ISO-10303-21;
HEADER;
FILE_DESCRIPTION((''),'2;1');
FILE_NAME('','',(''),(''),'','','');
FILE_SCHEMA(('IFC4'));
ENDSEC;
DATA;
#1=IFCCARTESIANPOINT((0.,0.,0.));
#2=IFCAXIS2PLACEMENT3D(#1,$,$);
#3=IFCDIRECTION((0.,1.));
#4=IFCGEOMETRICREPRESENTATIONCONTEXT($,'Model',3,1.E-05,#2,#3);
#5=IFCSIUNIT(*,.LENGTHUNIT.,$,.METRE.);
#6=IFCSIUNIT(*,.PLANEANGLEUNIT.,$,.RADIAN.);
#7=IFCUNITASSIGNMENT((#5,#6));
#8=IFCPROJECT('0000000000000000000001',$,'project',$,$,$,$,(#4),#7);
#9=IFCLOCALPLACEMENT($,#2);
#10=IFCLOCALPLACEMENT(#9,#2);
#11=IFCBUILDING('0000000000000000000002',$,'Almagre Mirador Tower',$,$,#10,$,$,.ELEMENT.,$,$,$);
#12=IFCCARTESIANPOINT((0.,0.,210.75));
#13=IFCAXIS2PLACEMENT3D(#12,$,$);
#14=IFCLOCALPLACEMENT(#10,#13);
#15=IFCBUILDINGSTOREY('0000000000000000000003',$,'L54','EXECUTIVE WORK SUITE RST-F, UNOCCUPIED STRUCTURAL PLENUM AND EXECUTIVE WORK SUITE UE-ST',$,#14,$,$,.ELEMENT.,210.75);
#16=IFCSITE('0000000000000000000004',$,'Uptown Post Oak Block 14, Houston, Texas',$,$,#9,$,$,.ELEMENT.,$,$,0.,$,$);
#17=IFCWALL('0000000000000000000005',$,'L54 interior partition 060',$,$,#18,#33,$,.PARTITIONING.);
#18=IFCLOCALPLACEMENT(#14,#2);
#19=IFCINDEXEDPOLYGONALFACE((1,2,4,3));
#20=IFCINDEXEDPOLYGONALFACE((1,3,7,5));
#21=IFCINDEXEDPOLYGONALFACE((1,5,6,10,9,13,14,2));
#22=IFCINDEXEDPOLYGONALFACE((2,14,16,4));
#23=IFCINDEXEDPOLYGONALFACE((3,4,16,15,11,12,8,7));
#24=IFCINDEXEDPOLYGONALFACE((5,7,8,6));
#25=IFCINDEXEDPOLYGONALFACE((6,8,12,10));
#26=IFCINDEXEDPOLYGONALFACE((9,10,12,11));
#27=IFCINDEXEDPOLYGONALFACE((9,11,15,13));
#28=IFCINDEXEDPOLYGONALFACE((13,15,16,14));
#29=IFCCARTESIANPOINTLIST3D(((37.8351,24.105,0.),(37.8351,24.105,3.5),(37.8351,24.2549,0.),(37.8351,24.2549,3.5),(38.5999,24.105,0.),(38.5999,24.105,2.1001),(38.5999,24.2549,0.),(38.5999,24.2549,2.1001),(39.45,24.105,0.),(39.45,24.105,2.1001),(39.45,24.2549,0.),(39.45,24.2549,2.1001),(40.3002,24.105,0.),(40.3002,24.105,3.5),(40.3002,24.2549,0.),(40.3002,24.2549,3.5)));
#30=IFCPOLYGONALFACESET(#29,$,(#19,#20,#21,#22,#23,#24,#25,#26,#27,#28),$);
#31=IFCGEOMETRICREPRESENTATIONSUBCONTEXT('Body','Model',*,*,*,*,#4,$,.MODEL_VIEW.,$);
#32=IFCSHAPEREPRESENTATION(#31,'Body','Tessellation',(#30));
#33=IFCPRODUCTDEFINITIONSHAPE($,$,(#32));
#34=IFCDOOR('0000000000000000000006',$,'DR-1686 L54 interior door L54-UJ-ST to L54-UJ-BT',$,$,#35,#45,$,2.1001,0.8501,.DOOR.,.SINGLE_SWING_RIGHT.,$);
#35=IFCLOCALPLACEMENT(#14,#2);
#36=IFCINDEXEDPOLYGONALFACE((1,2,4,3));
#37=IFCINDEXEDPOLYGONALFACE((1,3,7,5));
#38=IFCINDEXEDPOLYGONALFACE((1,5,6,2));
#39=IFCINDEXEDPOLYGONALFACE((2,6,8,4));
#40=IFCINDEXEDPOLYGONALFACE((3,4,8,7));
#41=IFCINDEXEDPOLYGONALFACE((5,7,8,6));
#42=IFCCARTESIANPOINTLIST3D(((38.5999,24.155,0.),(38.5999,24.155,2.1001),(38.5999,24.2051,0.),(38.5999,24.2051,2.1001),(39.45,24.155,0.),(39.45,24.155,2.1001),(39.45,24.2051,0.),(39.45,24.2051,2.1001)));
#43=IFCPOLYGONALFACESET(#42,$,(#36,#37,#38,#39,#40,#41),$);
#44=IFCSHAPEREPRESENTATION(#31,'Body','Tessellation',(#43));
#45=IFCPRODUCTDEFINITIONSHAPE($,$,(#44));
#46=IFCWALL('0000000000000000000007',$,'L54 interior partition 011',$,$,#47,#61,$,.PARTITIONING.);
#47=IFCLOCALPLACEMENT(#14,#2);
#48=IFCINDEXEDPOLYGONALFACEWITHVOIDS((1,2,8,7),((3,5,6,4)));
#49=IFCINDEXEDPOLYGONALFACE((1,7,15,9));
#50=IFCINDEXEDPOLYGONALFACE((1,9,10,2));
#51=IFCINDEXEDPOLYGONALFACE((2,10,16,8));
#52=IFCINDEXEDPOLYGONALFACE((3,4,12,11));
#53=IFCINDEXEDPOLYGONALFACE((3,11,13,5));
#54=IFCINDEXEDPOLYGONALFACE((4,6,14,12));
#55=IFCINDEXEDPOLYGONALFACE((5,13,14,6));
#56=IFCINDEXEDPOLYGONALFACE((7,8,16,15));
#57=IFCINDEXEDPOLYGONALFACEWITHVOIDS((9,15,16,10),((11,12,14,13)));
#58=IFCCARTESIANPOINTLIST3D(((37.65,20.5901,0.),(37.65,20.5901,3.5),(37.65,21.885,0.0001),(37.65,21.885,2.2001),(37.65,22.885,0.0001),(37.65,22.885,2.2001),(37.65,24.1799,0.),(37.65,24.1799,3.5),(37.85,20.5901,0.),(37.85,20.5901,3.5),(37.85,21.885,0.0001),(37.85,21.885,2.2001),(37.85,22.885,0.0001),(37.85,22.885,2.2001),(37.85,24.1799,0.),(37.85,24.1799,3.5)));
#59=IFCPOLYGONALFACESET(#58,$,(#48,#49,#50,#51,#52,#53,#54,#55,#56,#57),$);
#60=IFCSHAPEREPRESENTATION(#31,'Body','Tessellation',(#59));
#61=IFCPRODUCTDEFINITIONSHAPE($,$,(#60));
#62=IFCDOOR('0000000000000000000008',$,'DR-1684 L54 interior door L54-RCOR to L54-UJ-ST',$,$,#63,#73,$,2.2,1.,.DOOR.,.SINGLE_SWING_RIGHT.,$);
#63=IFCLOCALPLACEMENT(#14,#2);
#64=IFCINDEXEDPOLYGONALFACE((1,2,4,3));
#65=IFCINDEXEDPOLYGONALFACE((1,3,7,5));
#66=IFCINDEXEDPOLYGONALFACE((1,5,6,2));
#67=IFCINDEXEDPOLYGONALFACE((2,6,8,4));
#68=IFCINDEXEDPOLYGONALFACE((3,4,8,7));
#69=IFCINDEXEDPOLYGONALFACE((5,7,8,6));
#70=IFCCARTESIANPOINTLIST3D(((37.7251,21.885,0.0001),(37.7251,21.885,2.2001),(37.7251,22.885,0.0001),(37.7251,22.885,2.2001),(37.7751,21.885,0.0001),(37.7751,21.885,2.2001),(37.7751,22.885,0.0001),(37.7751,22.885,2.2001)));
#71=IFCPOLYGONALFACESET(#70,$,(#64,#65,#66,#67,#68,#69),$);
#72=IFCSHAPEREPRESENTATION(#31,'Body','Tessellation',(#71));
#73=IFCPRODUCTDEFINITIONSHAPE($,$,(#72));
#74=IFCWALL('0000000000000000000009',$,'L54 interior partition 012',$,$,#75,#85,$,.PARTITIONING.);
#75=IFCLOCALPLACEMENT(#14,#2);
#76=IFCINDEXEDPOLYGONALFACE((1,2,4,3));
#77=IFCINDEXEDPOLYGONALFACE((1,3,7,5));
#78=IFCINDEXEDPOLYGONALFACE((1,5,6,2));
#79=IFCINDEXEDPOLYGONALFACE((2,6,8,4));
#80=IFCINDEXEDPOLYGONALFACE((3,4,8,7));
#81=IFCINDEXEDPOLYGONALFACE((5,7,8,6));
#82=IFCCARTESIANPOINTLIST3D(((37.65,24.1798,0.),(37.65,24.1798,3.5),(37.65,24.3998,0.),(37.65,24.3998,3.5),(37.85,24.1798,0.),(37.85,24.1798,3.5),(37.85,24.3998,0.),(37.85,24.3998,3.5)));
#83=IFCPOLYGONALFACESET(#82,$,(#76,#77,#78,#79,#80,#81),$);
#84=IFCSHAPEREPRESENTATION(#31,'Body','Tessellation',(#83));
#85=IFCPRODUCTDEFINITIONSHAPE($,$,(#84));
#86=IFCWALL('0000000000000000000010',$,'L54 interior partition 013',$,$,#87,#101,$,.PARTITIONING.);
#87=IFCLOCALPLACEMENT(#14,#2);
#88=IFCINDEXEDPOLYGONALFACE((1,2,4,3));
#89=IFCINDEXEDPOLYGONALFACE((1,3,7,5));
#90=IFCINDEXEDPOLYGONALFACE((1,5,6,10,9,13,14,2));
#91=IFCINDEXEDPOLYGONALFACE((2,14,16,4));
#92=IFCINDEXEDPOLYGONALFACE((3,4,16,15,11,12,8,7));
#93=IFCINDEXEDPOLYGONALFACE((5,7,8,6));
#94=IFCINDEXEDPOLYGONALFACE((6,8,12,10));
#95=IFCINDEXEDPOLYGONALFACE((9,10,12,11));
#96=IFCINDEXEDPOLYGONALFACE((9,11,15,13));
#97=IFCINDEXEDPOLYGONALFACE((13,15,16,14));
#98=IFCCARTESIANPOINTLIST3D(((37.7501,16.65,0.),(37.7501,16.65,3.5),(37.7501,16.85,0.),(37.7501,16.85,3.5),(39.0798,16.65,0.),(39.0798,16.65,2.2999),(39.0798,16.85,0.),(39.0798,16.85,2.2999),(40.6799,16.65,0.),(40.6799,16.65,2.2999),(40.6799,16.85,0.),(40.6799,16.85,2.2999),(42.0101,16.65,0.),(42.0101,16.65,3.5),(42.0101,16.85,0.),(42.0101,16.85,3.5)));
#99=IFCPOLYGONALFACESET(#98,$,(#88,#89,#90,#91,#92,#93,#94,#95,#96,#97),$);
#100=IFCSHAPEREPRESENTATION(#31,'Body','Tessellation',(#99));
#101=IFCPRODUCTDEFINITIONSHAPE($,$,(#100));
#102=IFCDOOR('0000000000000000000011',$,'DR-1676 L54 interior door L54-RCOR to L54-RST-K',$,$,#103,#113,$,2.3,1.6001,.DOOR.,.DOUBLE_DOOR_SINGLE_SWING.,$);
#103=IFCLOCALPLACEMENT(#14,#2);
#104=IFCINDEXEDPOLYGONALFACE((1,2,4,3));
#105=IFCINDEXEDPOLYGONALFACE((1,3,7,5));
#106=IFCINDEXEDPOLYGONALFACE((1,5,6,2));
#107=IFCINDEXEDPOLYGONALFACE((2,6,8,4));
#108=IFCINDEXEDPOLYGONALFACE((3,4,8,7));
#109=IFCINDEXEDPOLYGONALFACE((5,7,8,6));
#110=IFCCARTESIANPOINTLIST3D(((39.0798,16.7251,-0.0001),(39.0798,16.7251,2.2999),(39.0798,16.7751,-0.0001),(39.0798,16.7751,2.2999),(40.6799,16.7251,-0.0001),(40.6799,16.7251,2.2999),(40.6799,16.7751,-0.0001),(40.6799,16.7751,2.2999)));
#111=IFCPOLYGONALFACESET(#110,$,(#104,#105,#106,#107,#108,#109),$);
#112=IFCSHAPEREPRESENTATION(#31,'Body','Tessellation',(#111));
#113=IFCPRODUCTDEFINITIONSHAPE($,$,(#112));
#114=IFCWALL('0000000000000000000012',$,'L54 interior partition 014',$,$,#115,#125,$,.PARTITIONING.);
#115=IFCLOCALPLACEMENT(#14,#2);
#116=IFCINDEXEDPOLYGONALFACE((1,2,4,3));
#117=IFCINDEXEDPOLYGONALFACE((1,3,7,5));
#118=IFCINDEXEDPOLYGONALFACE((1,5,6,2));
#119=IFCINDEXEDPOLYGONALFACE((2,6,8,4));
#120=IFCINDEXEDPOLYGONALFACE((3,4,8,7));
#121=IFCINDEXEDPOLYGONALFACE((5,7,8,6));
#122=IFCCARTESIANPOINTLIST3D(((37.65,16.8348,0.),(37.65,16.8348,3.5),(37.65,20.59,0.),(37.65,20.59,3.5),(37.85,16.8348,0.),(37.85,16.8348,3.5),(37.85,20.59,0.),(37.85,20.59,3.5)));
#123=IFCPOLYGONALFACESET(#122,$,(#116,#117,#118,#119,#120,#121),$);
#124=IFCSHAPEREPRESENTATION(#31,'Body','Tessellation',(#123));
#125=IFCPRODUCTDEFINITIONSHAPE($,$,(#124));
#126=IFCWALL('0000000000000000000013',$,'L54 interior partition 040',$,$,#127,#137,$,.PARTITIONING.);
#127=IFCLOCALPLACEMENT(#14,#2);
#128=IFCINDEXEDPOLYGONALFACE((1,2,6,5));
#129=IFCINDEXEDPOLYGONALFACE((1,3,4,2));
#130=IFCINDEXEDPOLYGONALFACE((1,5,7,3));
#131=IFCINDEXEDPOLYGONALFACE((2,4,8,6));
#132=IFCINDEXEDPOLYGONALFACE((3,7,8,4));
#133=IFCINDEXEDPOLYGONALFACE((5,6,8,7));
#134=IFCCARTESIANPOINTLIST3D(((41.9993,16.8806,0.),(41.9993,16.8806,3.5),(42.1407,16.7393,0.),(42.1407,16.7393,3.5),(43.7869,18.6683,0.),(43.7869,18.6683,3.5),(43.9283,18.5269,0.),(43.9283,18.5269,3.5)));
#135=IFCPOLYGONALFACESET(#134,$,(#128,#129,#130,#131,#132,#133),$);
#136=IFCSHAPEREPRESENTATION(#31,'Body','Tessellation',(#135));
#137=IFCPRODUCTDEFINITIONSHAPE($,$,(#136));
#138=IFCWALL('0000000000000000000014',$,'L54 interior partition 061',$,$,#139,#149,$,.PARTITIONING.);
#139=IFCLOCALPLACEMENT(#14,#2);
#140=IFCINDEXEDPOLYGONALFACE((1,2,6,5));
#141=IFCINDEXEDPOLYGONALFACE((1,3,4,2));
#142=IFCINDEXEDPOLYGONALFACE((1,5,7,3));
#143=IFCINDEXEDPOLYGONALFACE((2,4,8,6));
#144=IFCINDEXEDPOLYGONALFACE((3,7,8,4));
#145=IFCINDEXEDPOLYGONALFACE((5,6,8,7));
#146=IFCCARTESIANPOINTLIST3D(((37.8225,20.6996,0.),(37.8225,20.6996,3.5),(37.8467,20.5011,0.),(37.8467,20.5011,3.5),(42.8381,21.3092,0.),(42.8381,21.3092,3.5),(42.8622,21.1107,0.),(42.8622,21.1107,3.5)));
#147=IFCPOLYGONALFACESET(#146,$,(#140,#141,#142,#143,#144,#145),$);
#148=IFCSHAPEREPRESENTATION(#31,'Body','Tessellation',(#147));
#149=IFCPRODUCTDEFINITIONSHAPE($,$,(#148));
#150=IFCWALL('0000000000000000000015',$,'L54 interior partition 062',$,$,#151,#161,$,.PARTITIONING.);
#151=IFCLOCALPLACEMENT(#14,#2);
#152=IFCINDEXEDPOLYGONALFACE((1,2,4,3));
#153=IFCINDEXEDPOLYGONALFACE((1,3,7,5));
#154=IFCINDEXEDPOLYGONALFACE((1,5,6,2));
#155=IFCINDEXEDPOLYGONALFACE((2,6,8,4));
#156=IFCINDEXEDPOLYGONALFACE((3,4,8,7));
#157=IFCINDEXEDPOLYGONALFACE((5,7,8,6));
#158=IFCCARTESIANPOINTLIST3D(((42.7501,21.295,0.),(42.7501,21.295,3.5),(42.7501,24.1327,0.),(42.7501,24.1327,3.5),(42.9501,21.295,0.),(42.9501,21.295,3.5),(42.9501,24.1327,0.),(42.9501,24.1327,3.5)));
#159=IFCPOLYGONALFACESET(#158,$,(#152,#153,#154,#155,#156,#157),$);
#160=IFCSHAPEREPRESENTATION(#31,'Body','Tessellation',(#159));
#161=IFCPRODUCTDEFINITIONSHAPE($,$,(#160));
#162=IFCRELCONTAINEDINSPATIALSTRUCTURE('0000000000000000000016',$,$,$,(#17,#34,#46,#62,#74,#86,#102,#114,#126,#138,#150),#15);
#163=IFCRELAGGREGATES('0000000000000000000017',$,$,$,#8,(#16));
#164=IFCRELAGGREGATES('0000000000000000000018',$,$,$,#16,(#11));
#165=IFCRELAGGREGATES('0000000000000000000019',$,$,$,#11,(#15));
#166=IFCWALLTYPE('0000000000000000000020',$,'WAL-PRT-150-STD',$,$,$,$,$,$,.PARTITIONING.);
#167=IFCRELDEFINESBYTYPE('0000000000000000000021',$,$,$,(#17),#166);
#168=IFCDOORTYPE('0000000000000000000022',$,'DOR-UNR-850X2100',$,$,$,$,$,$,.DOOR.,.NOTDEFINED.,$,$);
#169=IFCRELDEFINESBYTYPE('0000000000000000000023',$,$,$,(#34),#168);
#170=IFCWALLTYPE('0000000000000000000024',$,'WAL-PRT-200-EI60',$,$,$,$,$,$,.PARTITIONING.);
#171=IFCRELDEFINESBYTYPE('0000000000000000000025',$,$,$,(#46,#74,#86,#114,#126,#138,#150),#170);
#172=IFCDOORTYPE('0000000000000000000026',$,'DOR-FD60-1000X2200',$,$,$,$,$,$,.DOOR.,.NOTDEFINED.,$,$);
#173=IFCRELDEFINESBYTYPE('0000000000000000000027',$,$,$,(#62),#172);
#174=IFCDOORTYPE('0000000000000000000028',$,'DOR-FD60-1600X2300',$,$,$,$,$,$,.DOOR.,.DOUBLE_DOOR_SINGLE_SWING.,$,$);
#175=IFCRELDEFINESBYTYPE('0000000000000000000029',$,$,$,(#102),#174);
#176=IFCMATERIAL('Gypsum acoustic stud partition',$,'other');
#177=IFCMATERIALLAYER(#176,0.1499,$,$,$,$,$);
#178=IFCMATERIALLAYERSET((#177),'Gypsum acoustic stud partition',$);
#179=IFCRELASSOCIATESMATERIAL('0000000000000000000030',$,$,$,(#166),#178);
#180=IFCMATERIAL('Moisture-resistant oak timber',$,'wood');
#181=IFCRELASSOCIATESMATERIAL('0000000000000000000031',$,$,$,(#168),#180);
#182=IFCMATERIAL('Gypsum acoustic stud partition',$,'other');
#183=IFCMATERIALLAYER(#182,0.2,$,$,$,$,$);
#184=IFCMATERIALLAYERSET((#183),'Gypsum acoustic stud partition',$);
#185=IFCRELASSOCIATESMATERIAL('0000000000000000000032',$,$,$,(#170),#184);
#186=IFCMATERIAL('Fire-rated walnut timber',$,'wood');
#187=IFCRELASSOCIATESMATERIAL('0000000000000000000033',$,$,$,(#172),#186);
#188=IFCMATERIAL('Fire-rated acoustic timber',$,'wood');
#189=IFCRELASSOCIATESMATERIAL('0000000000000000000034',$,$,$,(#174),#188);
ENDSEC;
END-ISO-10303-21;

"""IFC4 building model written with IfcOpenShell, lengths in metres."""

from ifc_helpers import new_model, si_unit, direction, frame, frame_2d, origin, place, context, subcontext, project, spatial, rectangle, extrude, material, layer, layer_set, type_object, element, fill, save


model = new_model("IFC4")

# Units and contexts
model_context = context("Model", 3, precision=1e-05, world=origin(), true_north=direction((0.0, 1.0)))
body_context = subcontext(model_context, "Body", "Model", "MODEL_VIEW")
ifc_project = project(units=[si_unit("LENGTHUNIT", "METRE"), si_unit("PLANEANGLEUNIT", "RADIAN")], contexts=[model_context])

# Site, building, storey
site_placement = place(None, origin())
site = spatial("IfcSite", under=ifc_project, at=site_placement, Name="Uptown Post Oak Block 14, Houston, Texas", CompositionType="ELEMENT", RefElevation=0.0)
building_placement = place(site_placement, origin())
building = spatial("IfcBuilding", under=site, at=building_placement, Name="Almagre Mirador Tower", CompositionType="ELEMENT")
storey_placement = place(building_placement, frame((0.0, 0.0, 210.75)))
storey = spatial("IfcBuildingStorey", under=building, at=storey_placement, Name="L54", Description="EXECUTIVE WORK SUITE RST-F, UNOCCUPIED STRUCTURAL PLENUM AND EXECUTIVE WORK SUITE UE-ST", CompositionType="ELEMENT", Elevation=210.75)

# Walls, openings, doors
ifc_material_1 = material(Name="Gypsum acoustic stud partition", Category="other")
ifc_layer_1 = layer(ifc_material_1, 0.1499)
ifc_layer_set_1 = layer_set([ifc_layer_1], Name="Gypsum acoustic stud partition")
wall_type_1 = type_object("IfcWallType", Name="WAL-PRT-150-STD", PredefinedType="PARTITIONING", material=ifc_layer_set_1)
wall_1_placement = place(storey_placement, frame((40.3, 24.1799, 0.0), z_axis=(0.0, 0.0, 1.0), x_axis=(-1.0, 0.0, 0.0)))
wall_1 = element("IfcWall", 1, at=wall_1_placement, inside=storey, type_object=wall_type_1, Name="L54 interior partition 060", PredefinedType="PARTITIONING", context=body_context, shape_type="SweptSolid", body=[
    extrude(rectangle(XDim=2.4651, YDim=0.1499, at=frame_2d((1.2324, 0.0))), origin(), (0.0, 0.0, 1.0), 3.5),
])
opening_1_placement = place(wall_1_placement, frame((0.8501, 0.0, 0.0)))
opening_1 = element("IfcOpeningElement", 2, at=opening_1_placement, cuts=wall_1, PredefinedType="OPENING", context=body_context, shape_type="SweptSolid", body=[
    extrude(rectangle(XDim=0.8501, YDim=2.1001, at=frame_2d((0.425, 1.05))), frame((0.0, 0.085, 0.0), z_axis=(0.0, -1.0, 0.0), x_axis=(1.0, 0.0, 0.0)), (0.0, 0.0, 1.0), 0.1699),
])
ifc_material_2 = material(Name="Moisture-resistant oak timber", Category="wood")
door_type_1 = type_object("IfcDoorType", Name="DOR-UNR-850X2100", OperationType="NOTDEFINED", PredefinedType="DOOR", material=ifc_material_2)
door_1_placement = place(opening_1_placement, origin())
door_1 = element("IfcDoor", 3, at=door_1_placement, inside=storey, type_object=door_type_1, Name="DR-1686 L54 interior door L54-UJ-ST to L54-UJ-BT", OperationType="SINGLE_SWING_RIGHT", OverallHeight=2.1001, OverallWidth=0.8501, PredefinedType="DOOR", context=body_context, shape_type="SweptSolid", body=[
    extrude(rectangle(XDim=0.8501, YDim=2.1001, at=frame_2d((0.425, 1.05))), frame((0.0, 0.0249, 0.0), z_axis=(0.0, -1.0, 0.0), x_axis=(1.0, 0.0, 0.0)), (0.0, 0.0, 1.0), 0.05),
])
fill(opening_1, door_1)
ifc_material_3 = material(Name="Gypsum acoustic stud partition", Category="other")
ifc_layer_2 = layer(ifc_material_3, 0.2)
ifc_layer_set_2 = layer_set([ifc_layer_2], Name="Gypsum acoustic stud partition")
wall_type_2 = type_object("IfcWallType", Name="WAL-PRT-200-EI60", PredefinedType="PARTITIONING", material=ifc_layer_set_2)
wall_2_placement = place(storey_placement, frame((37.75, 20.5901, 0.0), z_axis=(0.0, 0.0, 1.0), x_axis=(0.0, 1.0, 0.0)))
wall_2 = element("IfcWall", 4, at=wall_2_placement, inside=storey, type_object=wall_type_2, Name="L54 interior partition 011", PredefinedType="PARTITIONING", context=body_context, shape_type="SweptSolid", body=[
    extrude(rectangle(XDim=3.5898, YDim=0.2, at=frame_2d((1.7949, 0.0))), origin(), (0.0, 0.0, 1.0), 3.5),
])
opening_2_placement = place(wall_2_placement, frame((1.2949, 0.0, 0.0)))
opening_2 = element("IfcOpeningElement", 5, at=opening_2_placement, cuts=wall_2, PredefinedType="OPENING", context=body_context, shape_type="SweptSolid", body=[
    extrude(rectangle(XDim=1.0, YDim=2.2, at=frame_2d((0.5, 1.1001))), frame((0.0, 0.1101, 0.0), z_axis=(0.0, -1.0, 0.0), x_axis=(1.0, 0.0, 0.0)), (0.0, 0.0, 1.0), 0.22),
])
ifc_material_4 = material(Name="Fire-rated walnut timber", Category="wood")
door_type_2 = type_object("IfcDoorType", Name="DOR-FD60-1000X2200", OperationType="NOTDEFINED", PredefinedType="DOOR", material=ifc_material_4)
door_2_placement = place(opening_2_placement, origin())
door_2 = element("IfcDoor", 6, at=door_2_placement, inside=storey, type_object=door_type_2, Name="DR-1684 L54 interior door L54-RCOR to L54-UJ-ST", OperationType="SINGLE_SWING_RIGHT", OverallHeight=2.2, OverallWidth=1.0, PredefinedType="DOOR", context=body_context, shape_type="SweptSolid", body=[
    extrude(rectangle(XDim=1.0, YDim=2.2, at=frame_2d((0.5, 1.1001))), frame((0.0, 0.0249, 0.0), z_axis=(0.0, -1.0, 0.0), x_axis=(1.0, 0.0, 0.0)), (0.0, 0.0, 1.0), 0.05),
])
fill(opening_2, door_2)

# Wall
wall_3_placement = place(storey_placement, frame((37.75, 24.1799, 0.0), z_axis=(0.0, 0.0, 1.0), x_axis=(0.0, 1.0, 0.0)))
element("IfcWall", 7, at=wall_3_placement, inside=storey, type_object=wall_type_2, Name="L54 interior partition 012", PredefinedType="PARTITIONING", context=body_context, shape_type="SweptSolid", body=[
    extrude(rectangle(XDim=0.22, YDim=0.2, at=frame_2d((0.1099, 0.0))), origin(), (0.0, 0.0, 1.0), 3.5),
])

# Wall, opening, door
wall_4_placement = place(storey_placement, frame((42.01, 16.75, 0.0), z_axis=(0.0, 0.0, 1.0), x_axis=(-1.0, 0.0, 0.0)))
wall_4 = element("IfcWall", 8, at=wall_4_placement, inside=storey, type_object=wall_type_2, Name="L54 interior partition 013", PredefinedType="PARTITIONING", context=body_context, shape_type="SweptSolid", body=[
    extrude(rectangle(XDim=4.26, YDim=0.2, at=frame_2d((2.1299, 0.0))), origin(), (0.0, 0.0, 1.0), 3.5),
])
opening_3_placement = place(wall_4_placement, frame((1.3301, 0.0, 0.0)))
opening_3 = element("IfcOpeningElement", 9, at=opening_3_placement, cuts=wall_4, PredefinedType="OPENING", context=body_context, shape_type="SweptSolid", body=[
    extrude(rectangle(XDim=1.6001, YDim=2.3, at=frame_2d((0.8, 1.1499))), frame((0.0, 0.1101, 0.0), z_axis=(0.0, -1.0, 0.0), x_axis=(1.0, 0.0, 0.0)), (0.0, 0.0, 1.0), 0.22),
])
ifc_material_5 = material(Name="Fire-rated acoustic timber", Category="wood")
door_type_3 = type_object("IfcDoorType", Name="DOR-FD60-1600X2300", OperationType="DOUBLE_DOOR_SINGLE_SWING", PredefinedType="DOOR", material=ifc_material_5)
door_3_placement = place(opening_3_placement, origin())
door_3 = element("IfcDoor", 10, at=door_3_placement, inside=storey, type_object=door_type_3, Name="DR-1676 L54 interior door L54-RCOR to L54-RST-K", OperationType="DOUBLE_DOOR_SINGLE_SWING", OverallHeight=2.3, OverallWidth=1.6001, PredefinedType="DOOR", context=body_context, shape_type="SweptSolid", body=[
    extrude(rectangle(XDim=1.6001, YDim=2.3, at=frame_2d((0.8, 1.1499))), frame((0.0, 0.0249, 0.0), z_axis=(0.0, -1.0, 0.0), x_axis=(1.0, 0.0, 0.0)), (0.0, 0.0, 1.0), 0.05),
])
fill(opening_3, door_3)

# Walls
wall_5_placement = place(storey_placement, frame((37.75, 16.835, 0.0), z_axis=(0.0, 0.0, 1.0), x_axis=(0.0, 1.0, 0.0)))
element("IfcWall", 11, at=wall_5_placement, inside=storey, type_object=wall_type_2, Name="L54 interior partition 014", PredefinedType="PARTITIONING", context=body_context, shape_type="SweptSolid", body=[
    extrude(rectangle(XDim=3.7551, YDim=0.2, at=frame_2d((1.8774, 0.0))), origin(), (0.0, 0.0, 1.0), 3.5),
])
wall_6_placement = place(storey_placement, frame((43.8577, 18.5977, 0.0), z_axis=(0.0, 0.0, 1.0), x_axis=(-0.707107, -0.707107, 0.0)))
element("IfcWall", 12, at=wall_6_placement, inside=storey, type_object=wall_type_2, Name="L54 interior partition 040", PredefinedType="PARTITIONING", context=body_context, shape_type="SweptSolid", body=[
    extrude(rectangle(XDim=2.5281, YDim=0.2, at=frame_2d((1.2642, 0.0))), origin(), (0.0, 0.0, 1.0), 3.5),
])
wall_7_placement = place(storey_placement, frame((37.8345, 20.6003, 0.0), z_axis=(0.0, 0.0, 1.0), x_axis=(0.992694, 0.120656, 0.0)))
element("IfcWall", 13, at=wall_7_placement, inside=storey, type_object=wall_type_2, Name="L54 interior partition 061", PredefinedType="PARTITIONING", context=body_context, shape_type="SweptSolid", body=[
    extrude(rectangle(XDim=5.0525, YDim=0.2, at=frame_2d((2.5264, 0.0))), origin(), (0.0, 0.0, 1.0), 3.5),
])
wall_8_placement = place(storey_placement, frame((42.8501, 21.2949, 0.0), z_axis=(0.0, 0.0, 1.0), x_axis=(0.0, 1.0, 0.0)))
element("IfcWall", 14, at=wall_8_placement, inside=storey, type_object=wall_type_2, Name="L54 interior partition 062", PredefinedType="PARTITIONING", context=body_context, shape_type="SweptSolid", body=[
    extrude(rectangle(XDim=2.8376, YDim=0.2, at=frame_2d((1.4189, 0.0))), origin(), (0.0, 0.0, 1.0), 3.5),
])

save(model, "model.ifc")
